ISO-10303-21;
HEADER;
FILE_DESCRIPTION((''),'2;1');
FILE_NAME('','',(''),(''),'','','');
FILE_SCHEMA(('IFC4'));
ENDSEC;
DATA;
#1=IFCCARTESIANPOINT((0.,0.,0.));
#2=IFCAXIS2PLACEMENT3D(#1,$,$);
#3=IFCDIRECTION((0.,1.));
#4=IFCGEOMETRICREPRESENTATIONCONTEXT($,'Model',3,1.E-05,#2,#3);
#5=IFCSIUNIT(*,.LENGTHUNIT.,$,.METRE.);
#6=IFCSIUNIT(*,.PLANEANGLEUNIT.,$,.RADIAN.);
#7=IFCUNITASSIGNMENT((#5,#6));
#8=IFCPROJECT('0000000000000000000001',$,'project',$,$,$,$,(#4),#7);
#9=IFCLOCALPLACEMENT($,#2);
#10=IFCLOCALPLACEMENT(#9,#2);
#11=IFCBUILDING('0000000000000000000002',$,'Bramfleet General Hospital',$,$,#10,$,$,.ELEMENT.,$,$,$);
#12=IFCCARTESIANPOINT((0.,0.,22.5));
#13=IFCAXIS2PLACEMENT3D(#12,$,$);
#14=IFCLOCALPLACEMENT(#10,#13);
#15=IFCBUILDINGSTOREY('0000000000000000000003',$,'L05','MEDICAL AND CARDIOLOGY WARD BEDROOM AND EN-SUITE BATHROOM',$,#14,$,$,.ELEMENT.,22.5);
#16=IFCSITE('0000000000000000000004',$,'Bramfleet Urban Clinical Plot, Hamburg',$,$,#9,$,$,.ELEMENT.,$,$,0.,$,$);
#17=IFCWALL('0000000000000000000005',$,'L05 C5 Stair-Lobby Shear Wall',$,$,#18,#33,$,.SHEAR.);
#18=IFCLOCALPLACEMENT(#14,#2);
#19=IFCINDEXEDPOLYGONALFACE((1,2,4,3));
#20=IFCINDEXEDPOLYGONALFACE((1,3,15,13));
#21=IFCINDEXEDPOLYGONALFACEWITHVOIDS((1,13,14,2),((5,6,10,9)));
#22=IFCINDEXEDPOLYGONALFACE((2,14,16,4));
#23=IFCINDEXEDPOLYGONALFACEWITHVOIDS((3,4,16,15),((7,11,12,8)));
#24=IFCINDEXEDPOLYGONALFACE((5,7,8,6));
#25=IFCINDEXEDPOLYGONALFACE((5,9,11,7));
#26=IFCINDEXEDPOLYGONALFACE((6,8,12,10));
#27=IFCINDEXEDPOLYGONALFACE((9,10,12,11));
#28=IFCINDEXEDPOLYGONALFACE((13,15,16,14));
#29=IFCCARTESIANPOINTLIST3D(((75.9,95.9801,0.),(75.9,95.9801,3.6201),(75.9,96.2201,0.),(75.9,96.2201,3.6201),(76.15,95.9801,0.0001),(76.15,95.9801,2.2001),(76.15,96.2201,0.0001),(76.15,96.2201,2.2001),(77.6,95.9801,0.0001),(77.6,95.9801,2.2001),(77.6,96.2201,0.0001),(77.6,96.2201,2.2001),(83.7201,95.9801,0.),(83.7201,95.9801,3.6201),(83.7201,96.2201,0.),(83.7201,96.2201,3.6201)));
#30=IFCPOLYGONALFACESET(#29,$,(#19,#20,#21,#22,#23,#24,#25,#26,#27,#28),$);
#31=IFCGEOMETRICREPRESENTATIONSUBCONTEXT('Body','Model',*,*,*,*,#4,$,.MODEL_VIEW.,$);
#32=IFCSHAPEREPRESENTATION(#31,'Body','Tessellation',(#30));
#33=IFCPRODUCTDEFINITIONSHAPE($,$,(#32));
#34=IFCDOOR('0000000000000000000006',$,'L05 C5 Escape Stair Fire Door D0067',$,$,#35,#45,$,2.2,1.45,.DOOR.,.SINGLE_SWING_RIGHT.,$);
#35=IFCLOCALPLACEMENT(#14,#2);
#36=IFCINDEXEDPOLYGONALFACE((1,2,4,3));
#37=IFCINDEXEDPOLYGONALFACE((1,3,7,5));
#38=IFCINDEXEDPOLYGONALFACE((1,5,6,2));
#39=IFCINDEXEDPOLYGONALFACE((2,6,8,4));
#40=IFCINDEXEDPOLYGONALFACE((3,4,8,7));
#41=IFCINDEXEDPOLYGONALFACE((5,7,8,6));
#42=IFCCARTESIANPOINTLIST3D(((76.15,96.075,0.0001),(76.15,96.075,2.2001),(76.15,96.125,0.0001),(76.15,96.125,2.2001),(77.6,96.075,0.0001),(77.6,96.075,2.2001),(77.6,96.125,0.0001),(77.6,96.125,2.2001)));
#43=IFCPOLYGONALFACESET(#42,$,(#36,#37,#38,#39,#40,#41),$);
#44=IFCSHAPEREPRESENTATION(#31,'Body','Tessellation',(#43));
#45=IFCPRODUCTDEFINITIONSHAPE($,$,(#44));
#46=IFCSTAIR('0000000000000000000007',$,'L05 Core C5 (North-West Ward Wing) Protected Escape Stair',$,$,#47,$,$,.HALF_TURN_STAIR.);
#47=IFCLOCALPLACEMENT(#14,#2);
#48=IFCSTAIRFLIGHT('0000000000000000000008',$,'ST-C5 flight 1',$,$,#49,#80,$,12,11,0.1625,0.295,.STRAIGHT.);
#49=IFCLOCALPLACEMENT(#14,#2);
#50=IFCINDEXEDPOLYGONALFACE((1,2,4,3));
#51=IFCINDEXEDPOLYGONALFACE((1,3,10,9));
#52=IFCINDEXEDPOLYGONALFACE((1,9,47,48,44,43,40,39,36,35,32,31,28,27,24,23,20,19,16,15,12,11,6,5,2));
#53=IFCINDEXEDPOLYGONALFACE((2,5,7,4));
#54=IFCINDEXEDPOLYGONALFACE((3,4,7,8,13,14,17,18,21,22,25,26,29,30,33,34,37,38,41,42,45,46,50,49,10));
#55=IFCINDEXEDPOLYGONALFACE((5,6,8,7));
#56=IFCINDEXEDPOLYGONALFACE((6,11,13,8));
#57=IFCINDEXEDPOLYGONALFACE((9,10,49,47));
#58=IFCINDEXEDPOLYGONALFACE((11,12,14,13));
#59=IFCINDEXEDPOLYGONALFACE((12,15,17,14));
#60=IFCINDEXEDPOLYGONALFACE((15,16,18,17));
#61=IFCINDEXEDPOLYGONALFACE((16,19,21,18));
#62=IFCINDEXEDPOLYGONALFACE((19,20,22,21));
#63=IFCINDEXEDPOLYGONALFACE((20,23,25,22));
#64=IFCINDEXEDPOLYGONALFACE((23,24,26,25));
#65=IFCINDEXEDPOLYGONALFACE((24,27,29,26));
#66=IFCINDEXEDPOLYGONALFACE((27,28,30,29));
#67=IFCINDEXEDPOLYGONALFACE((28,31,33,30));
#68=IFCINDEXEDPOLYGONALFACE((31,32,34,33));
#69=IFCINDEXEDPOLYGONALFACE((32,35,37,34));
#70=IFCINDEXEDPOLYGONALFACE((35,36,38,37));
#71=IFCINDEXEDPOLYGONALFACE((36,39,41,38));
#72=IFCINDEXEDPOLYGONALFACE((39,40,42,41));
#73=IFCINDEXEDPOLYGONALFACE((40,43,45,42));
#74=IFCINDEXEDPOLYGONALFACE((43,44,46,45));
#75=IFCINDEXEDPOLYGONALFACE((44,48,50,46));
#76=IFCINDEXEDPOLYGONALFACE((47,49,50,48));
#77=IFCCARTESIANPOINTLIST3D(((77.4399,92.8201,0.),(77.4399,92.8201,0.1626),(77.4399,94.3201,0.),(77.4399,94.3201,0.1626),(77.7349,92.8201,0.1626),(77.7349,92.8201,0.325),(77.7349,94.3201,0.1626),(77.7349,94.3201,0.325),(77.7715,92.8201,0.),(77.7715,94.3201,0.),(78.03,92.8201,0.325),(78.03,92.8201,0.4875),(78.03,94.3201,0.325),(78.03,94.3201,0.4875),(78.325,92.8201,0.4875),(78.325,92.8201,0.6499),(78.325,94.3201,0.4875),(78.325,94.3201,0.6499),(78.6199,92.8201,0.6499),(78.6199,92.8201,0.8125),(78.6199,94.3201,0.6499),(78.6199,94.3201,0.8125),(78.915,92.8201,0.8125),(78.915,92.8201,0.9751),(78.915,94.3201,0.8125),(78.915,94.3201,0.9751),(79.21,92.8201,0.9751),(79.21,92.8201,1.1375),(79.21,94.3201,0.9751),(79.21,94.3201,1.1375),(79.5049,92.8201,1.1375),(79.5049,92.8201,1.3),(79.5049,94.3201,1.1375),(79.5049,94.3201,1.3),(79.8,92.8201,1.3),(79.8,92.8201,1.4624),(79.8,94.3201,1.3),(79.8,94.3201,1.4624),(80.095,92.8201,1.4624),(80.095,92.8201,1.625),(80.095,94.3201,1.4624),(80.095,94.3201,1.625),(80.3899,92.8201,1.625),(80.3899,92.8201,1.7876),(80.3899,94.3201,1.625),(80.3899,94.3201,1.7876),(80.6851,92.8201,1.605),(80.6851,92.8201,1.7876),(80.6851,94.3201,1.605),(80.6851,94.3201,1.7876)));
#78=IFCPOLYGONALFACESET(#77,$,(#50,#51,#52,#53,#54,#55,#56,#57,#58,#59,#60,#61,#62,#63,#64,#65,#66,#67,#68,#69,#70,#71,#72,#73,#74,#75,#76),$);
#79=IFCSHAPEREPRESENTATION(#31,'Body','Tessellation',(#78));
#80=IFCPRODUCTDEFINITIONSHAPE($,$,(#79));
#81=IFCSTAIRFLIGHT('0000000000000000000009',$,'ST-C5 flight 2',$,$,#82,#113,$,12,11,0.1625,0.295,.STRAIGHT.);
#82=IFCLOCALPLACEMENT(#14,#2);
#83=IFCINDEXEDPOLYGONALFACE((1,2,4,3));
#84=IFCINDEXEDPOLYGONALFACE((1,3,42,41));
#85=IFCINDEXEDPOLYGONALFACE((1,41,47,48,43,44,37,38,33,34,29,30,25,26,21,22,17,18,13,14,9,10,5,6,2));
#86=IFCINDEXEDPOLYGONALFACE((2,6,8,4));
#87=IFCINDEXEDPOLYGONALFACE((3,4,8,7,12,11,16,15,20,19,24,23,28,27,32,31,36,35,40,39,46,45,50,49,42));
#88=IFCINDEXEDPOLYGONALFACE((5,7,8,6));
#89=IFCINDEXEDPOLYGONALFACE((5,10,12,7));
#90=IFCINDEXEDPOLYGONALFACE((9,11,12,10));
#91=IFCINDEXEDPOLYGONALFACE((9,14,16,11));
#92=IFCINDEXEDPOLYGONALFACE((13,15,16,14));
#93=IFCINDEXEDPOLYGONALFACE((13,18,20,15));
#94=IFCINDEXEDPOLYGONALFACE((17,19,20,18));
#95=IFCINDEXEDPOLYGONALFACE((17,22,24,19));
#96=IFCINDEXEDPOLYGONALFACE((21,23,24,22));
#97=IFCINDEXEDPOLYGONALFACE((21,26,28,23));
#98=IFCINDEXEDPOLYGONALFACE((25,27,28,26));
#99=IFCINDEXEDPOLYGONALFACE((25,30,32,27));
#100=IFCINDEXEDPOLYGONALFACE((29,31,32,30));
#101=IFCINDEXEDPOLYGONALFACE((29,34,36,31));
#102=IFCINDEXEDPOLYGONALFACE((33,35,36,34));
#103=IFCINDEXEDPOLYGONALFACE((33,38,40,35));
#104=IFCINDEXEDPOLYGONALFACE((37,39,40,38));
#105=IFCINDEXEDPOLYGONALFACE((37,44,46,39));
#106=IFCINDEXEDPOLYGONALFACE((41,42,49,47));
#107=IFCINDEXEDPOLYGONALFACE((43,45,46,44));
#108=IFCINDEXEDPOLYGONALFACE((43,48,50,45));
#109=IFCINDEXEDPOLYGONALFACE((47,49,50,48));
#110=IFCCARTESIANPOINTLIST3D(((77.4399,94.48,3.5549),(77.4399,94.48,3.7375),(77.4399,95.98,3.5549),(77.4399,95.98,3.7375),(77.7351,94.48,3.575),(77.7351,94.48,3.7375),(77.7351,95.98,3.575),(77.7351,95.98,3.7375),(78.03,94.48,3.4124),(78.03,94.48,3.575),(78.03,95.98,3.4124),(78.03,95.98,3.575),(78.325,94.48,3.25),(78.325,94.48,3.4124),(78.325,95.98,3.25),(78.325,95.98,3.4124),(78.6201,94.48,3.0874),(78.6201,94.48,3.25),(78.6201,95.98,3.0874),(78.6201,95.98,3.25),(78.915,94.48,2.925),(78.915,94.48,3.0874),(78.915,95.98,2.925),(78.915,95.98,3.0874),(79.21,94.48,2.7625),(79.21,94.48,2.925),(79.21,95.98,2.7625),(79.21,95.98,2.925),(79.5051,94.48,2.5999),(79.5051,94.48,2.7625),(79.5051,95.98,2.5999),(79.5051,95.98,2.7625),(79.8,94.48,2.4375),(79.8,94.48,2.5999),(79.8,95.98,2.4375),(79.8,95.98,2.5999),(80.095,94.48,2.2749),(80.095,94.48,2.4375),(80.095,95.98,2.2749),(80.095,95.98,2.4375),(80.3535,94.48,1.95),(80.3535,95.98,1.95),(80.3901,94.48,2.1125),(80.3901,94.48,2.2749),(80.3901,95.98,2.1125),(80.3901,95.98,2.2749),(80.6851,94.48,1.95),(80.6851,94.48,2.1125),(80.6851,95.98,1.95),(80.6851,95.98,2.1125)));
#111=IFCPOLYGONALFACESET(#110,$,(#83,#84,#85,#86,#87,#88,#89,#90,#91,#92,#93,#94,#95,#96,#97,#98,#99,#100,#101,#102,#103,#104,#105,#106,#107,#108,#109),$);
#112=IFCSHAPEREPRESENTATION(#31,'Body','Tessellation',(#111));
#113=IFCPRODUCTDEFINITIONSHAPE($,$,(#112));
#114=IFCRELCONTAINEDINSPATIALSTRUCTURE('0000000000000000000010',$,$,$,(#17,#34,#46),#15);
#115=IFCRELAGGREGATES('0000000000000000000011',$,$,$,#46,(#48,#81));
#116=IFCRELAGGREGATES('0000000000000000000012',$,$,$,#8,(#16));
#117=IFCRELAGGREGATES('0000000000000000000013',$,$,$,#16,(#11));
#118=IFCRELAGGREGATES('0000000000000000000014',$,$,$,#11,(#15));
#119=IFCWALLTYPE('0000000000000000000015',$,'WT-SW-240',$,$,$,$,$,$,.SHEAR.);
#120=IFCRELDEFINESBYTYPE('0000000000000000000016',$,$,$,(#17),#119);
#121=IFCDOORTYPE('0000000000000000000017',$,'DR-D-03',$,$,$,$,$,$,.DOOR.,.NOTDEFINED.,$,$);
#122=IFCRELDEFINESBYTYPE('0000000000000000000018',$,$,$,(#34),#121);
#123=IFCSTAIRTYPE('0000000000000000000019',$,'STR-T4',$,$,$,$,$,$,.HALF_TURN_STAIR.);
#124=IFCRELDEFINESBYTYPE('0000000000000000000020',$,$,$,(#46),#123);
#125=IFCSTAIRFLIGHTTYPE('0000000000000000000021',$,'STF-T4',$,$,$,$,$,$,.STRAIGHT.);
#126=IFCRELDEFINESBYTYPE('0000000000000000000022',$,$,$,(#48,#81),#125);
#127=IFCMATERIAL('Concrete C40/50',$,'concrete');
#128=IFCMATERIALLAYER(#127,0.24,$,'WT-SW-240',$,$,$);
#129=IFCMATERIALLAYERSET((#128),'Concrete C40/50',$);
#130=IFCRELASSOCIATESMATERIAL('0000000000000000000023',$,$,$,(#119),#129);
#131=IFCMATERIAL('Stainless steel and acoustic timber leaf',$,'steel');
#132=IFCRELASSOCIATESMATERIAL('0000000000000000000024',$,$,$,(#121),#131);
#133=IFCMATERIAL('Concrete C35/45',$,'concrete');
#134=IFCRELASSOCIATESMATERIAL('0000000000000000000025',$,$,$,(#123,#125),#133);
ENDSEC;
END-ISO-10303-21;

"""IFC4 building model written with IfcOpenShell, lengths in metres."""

from ifc_helpers import new_model, si_unit, direction, frame, frame_2d, origin, place, context, subcontext, project, spatial, polyline, rectangle, outline, extrude, material, layer, layer_set, type_object, element, fill, aggregate, save


model = new_model("IFC4")

# Units and contexts
model_context = context("Model", 3, precision=1e-05, world=origin(), true_north=direction((0.0, 1.0)))
body_context = subcontext(model_context, "Body", "Model", "MODEL_VIEW")
ifc_project = project(units=[si_unit("LENGTHUNIT", "METRE"), si_unit("PLANEANGLEUNIT", "RADIAN")], contexts=[model_context])

# Site, building, storey
site_placement = place(None, origin())
site = spatial("IfcSite", under=ifc_project, at=site_placement, Name="Bramfleet Urban Clinical Plot, Hamburg", CompositionType="ELEMENT", RefElevation=0.0)
building_placement = place(site_placement, origin())
building = spatial("IfcBuilding", under=site, at=building_placement, Name="Bramfleet General Hospital", CompositionType="ELEMENT")
storey_placement = place(building_placement, frame((0.0, 0.0, 22.5)))
storey = spatial("IfcBuildingStorey", under=building, at=storey_placement, Name="L05", Description="MEDICAL AND CARDIOLOGY WARD BEDROOM AND EN-SUITE BATHROOM", CompositionType="ELEMENT", Elevation=22.5)

# Shared definitions
ifc_material_1 = material(Name="Concrete C40/50", Category="concrete")

# Shared definitions
ifc_material_2 = material(Name="Concrete C35/45", Category="concrete")

# Shared definitions
ifc_material_3 = material(Name="Stainless steel and acoustic timber leaf", Category="steel")

# Shared definitions
ifc_layer_1 = layer(ifc_material_1, 0.24, Name="WT-SW-240")
ifc_layer_set_1 = layer_set([ifc_layer_1], Name="Concrete C40/50")
wall_type_1 = type_object("IfcWallType", Name="WT-SW-240", PredefinedType="SHEAR", material=ifc_layer_set_1)

# Wall, opening, door
wall_1_placement = place(storey_placement, frame((75.8999, 96.1001, 0.0), z_axis=(0.0, 0.0, 1.0), x_axis=(1.0, 0.0, 0.0)))
wall_1 = element("IfcWall", 1, at=wall_1_placement, inside=storey, type_object=wall_type_1, Name="L05 C5 Stair-Lobby Shear Wall", PredefinedType="SHEAR", context=body_context, shape_type="SweptSolid", body=[
    extrude(rectangle(XDim=7.8201, YDim=0.24, at=frame_2d((3.9102, 0.0))), origin(), (0.0, 0.0, 1.0), 3.6201),
])
opening_1_placement = place(wall_1_placement, frame((0.25, 0.0, 0.0)))
opening_1 = element("IfcOpeningElement", 2, at=opening_1_placement, cuts=wall_1, PredefinedType="OPENING", context=body_context, shape_type="SweptSolid", body=[
    extrude(rectangle(XDim=1.45, YDim=2.2, at=frame_2d((0.7251, 1.1001))), frame((0.0, 0.1299, 0.0), z_axis=(0.0, -1.0, 0.0), x_axis=(1.0, 0.0, 0.0)), (0.0, 0.0, 1.0), 0.26),
])
door_type_1 = type_object("IfcDoorType", Name="DR-D-03", OperationType="NOTDEFINED", PredefinedType="DOOR", material=ifc_material_3)
door_1_placement = place(opening_1_placement, origin())
door_1 = element("IfcDoor", 3, at=door_1_placement, inside=storey, type_object=door_type_1, Name="L05 C5 Escape Stair Fire Door D0067", OperationType="SINGLE_SWING_RIGHT", OverallHeight=2.2, OverallWidth=1.45, PredefinedType="DOOR", context=body_context, shape_type="SweptSolid", body=[
    extrude(rectangle(XDim=1.45, YDim=2.2, at=frame_2d((0.7251, 1.1001))), frame((0.0, 0.0249, 0.0), z_axis=(0.0, -1.0, 0.0), x_axis=(1.0, 0.0, 0.0)), (0.0, 0.0, 1.0), 0.05),
])
fill(opening_1, door_1)

# Stair, stair flights
stair_type = type_object("IfcStairType", Name="STR-T4", PredefinedType="HALF_TURN_STAIR", material=ifc_material_2)
stair_placement = place(storey_placement, origin())
stair = element("IfcStair", 4, at=stair_placement, inside=storey, type_object=stair_type, Name="L05 Core C5 (North-West Ward Wing) Protected Escape Stair", PredefinedType="HALF_TURN_STAIR")
stair_flight_type = type_object("IfcStairFlightType", Name="STF-T4", PredefinedType="STRAIGHT", material=ifc_material_2)
stair_flight_1_placement = place(storey_placement, frame((77.4399, 93.5701, 0.0), z_axis=(0.0, 0.0, 1.0), x_axis=(1.0, 0.0, 0.0)))
stair_flight_1 = element("IfcStairFlight", 5, at=stair_flight_1_placement, type_object=stair_flight_type, Name="ST-C5 flight 1", NumberOfRisers=12, NumberOfTreads=11, PredefinedType="STRAIGHT", RiserHeight=0.1625, TreadLength=0.295, context=body_context, shape_type="SweptSolid", body=[
    extrude(outline(polyline([(0.0, 0.0), (0.0, 0.1626), (0.2949, 0.1626), (0.2949, 0.325), (0.5901, 0.325), (0.5901, 0.4875), (0.885, 0.4875), (0.885, 0.6499), (1.1799, 0.6499), (1.1799, 0.8125), (1.4751, 0.8125), (1.4751, 0.9751), (1.77, 0.9751), (1.77, 1.1375), (2.0649, 1.1375), (2.0649, 1.3), (2.3601, 1.3), (2.3601, 1.4624), (2.655, 1.4624), (2.655, 1.625), (2.95, 1.625), (2.95, 1.7876), (3.2451, 1.7876), (3.2451, 1.95), (3.2451, 1.605), (0.3315, 0.0), (0.0, 0.0)])), frame((0.0, 0.75, 0.0), z_axis=(0.0, -1.0, 0.0), x_axis=(1.0, 0.0, 0.0)), (0.0, 0.0, 1.0), 1.5),
])
stair_flight_2_placement = place(storey_placement, frame((80.6851, 95.23, 1.95), z_axis=(0.0, 0.0, 1.0), x_axis=(-1.0, 0.0, 0.0)))
stair_flight_2 = element("IfcStairFlight", 6, at=stair_flight_2_placement, type_object=stair_flight_type, Name="ST-C5 flight 2", NumberOfRisers=12, NumberOfTreads=11, PredefinedType="STRAIGHT", RiserHeight=0.1625, TreadLength=0.295, context=body_context, shape_type="SweptSolid", body=[
    extrude(outline(polyline([(0.0, 0.0), (0.0, 0.1626), (0.2949, 0.1626), (0.2949, 0.325), (0.5901, 0.325), (0.5901, 0.4875), (0.885, 0.4875), (0.885, 0.6499), (1.1799, 0.6499), (1.1799, 0.8125), (1.4751, 0.8125), (1.4751, 0.9751), (1.77, 0.9751), (1.77, 1.1375), (2.0649, 1.1375), (2.0649, 1.3), (2.3601, 1.3), (2.3601, 1.4624), (2.655, 1.4624), (2.655, 1.625), (2.95, 1.625), (2.95, 1.7876), (3.2451, 1.7876), (3.2451, 1.95), (3.2451, 1.605), (0.3315, 0.0), (0.0, 0.0)])), frame((0.0, 0.75, 0.0), z_axis=(0.0, -1.0, 0.0), x_axis=(1.0, 0.0, 0.0)), (0.0, 0.0, 1.0), 1.5),
])
aggregate(stair, [stair_flight_1, stair_flight_2])

save(model, "model.ifc")
